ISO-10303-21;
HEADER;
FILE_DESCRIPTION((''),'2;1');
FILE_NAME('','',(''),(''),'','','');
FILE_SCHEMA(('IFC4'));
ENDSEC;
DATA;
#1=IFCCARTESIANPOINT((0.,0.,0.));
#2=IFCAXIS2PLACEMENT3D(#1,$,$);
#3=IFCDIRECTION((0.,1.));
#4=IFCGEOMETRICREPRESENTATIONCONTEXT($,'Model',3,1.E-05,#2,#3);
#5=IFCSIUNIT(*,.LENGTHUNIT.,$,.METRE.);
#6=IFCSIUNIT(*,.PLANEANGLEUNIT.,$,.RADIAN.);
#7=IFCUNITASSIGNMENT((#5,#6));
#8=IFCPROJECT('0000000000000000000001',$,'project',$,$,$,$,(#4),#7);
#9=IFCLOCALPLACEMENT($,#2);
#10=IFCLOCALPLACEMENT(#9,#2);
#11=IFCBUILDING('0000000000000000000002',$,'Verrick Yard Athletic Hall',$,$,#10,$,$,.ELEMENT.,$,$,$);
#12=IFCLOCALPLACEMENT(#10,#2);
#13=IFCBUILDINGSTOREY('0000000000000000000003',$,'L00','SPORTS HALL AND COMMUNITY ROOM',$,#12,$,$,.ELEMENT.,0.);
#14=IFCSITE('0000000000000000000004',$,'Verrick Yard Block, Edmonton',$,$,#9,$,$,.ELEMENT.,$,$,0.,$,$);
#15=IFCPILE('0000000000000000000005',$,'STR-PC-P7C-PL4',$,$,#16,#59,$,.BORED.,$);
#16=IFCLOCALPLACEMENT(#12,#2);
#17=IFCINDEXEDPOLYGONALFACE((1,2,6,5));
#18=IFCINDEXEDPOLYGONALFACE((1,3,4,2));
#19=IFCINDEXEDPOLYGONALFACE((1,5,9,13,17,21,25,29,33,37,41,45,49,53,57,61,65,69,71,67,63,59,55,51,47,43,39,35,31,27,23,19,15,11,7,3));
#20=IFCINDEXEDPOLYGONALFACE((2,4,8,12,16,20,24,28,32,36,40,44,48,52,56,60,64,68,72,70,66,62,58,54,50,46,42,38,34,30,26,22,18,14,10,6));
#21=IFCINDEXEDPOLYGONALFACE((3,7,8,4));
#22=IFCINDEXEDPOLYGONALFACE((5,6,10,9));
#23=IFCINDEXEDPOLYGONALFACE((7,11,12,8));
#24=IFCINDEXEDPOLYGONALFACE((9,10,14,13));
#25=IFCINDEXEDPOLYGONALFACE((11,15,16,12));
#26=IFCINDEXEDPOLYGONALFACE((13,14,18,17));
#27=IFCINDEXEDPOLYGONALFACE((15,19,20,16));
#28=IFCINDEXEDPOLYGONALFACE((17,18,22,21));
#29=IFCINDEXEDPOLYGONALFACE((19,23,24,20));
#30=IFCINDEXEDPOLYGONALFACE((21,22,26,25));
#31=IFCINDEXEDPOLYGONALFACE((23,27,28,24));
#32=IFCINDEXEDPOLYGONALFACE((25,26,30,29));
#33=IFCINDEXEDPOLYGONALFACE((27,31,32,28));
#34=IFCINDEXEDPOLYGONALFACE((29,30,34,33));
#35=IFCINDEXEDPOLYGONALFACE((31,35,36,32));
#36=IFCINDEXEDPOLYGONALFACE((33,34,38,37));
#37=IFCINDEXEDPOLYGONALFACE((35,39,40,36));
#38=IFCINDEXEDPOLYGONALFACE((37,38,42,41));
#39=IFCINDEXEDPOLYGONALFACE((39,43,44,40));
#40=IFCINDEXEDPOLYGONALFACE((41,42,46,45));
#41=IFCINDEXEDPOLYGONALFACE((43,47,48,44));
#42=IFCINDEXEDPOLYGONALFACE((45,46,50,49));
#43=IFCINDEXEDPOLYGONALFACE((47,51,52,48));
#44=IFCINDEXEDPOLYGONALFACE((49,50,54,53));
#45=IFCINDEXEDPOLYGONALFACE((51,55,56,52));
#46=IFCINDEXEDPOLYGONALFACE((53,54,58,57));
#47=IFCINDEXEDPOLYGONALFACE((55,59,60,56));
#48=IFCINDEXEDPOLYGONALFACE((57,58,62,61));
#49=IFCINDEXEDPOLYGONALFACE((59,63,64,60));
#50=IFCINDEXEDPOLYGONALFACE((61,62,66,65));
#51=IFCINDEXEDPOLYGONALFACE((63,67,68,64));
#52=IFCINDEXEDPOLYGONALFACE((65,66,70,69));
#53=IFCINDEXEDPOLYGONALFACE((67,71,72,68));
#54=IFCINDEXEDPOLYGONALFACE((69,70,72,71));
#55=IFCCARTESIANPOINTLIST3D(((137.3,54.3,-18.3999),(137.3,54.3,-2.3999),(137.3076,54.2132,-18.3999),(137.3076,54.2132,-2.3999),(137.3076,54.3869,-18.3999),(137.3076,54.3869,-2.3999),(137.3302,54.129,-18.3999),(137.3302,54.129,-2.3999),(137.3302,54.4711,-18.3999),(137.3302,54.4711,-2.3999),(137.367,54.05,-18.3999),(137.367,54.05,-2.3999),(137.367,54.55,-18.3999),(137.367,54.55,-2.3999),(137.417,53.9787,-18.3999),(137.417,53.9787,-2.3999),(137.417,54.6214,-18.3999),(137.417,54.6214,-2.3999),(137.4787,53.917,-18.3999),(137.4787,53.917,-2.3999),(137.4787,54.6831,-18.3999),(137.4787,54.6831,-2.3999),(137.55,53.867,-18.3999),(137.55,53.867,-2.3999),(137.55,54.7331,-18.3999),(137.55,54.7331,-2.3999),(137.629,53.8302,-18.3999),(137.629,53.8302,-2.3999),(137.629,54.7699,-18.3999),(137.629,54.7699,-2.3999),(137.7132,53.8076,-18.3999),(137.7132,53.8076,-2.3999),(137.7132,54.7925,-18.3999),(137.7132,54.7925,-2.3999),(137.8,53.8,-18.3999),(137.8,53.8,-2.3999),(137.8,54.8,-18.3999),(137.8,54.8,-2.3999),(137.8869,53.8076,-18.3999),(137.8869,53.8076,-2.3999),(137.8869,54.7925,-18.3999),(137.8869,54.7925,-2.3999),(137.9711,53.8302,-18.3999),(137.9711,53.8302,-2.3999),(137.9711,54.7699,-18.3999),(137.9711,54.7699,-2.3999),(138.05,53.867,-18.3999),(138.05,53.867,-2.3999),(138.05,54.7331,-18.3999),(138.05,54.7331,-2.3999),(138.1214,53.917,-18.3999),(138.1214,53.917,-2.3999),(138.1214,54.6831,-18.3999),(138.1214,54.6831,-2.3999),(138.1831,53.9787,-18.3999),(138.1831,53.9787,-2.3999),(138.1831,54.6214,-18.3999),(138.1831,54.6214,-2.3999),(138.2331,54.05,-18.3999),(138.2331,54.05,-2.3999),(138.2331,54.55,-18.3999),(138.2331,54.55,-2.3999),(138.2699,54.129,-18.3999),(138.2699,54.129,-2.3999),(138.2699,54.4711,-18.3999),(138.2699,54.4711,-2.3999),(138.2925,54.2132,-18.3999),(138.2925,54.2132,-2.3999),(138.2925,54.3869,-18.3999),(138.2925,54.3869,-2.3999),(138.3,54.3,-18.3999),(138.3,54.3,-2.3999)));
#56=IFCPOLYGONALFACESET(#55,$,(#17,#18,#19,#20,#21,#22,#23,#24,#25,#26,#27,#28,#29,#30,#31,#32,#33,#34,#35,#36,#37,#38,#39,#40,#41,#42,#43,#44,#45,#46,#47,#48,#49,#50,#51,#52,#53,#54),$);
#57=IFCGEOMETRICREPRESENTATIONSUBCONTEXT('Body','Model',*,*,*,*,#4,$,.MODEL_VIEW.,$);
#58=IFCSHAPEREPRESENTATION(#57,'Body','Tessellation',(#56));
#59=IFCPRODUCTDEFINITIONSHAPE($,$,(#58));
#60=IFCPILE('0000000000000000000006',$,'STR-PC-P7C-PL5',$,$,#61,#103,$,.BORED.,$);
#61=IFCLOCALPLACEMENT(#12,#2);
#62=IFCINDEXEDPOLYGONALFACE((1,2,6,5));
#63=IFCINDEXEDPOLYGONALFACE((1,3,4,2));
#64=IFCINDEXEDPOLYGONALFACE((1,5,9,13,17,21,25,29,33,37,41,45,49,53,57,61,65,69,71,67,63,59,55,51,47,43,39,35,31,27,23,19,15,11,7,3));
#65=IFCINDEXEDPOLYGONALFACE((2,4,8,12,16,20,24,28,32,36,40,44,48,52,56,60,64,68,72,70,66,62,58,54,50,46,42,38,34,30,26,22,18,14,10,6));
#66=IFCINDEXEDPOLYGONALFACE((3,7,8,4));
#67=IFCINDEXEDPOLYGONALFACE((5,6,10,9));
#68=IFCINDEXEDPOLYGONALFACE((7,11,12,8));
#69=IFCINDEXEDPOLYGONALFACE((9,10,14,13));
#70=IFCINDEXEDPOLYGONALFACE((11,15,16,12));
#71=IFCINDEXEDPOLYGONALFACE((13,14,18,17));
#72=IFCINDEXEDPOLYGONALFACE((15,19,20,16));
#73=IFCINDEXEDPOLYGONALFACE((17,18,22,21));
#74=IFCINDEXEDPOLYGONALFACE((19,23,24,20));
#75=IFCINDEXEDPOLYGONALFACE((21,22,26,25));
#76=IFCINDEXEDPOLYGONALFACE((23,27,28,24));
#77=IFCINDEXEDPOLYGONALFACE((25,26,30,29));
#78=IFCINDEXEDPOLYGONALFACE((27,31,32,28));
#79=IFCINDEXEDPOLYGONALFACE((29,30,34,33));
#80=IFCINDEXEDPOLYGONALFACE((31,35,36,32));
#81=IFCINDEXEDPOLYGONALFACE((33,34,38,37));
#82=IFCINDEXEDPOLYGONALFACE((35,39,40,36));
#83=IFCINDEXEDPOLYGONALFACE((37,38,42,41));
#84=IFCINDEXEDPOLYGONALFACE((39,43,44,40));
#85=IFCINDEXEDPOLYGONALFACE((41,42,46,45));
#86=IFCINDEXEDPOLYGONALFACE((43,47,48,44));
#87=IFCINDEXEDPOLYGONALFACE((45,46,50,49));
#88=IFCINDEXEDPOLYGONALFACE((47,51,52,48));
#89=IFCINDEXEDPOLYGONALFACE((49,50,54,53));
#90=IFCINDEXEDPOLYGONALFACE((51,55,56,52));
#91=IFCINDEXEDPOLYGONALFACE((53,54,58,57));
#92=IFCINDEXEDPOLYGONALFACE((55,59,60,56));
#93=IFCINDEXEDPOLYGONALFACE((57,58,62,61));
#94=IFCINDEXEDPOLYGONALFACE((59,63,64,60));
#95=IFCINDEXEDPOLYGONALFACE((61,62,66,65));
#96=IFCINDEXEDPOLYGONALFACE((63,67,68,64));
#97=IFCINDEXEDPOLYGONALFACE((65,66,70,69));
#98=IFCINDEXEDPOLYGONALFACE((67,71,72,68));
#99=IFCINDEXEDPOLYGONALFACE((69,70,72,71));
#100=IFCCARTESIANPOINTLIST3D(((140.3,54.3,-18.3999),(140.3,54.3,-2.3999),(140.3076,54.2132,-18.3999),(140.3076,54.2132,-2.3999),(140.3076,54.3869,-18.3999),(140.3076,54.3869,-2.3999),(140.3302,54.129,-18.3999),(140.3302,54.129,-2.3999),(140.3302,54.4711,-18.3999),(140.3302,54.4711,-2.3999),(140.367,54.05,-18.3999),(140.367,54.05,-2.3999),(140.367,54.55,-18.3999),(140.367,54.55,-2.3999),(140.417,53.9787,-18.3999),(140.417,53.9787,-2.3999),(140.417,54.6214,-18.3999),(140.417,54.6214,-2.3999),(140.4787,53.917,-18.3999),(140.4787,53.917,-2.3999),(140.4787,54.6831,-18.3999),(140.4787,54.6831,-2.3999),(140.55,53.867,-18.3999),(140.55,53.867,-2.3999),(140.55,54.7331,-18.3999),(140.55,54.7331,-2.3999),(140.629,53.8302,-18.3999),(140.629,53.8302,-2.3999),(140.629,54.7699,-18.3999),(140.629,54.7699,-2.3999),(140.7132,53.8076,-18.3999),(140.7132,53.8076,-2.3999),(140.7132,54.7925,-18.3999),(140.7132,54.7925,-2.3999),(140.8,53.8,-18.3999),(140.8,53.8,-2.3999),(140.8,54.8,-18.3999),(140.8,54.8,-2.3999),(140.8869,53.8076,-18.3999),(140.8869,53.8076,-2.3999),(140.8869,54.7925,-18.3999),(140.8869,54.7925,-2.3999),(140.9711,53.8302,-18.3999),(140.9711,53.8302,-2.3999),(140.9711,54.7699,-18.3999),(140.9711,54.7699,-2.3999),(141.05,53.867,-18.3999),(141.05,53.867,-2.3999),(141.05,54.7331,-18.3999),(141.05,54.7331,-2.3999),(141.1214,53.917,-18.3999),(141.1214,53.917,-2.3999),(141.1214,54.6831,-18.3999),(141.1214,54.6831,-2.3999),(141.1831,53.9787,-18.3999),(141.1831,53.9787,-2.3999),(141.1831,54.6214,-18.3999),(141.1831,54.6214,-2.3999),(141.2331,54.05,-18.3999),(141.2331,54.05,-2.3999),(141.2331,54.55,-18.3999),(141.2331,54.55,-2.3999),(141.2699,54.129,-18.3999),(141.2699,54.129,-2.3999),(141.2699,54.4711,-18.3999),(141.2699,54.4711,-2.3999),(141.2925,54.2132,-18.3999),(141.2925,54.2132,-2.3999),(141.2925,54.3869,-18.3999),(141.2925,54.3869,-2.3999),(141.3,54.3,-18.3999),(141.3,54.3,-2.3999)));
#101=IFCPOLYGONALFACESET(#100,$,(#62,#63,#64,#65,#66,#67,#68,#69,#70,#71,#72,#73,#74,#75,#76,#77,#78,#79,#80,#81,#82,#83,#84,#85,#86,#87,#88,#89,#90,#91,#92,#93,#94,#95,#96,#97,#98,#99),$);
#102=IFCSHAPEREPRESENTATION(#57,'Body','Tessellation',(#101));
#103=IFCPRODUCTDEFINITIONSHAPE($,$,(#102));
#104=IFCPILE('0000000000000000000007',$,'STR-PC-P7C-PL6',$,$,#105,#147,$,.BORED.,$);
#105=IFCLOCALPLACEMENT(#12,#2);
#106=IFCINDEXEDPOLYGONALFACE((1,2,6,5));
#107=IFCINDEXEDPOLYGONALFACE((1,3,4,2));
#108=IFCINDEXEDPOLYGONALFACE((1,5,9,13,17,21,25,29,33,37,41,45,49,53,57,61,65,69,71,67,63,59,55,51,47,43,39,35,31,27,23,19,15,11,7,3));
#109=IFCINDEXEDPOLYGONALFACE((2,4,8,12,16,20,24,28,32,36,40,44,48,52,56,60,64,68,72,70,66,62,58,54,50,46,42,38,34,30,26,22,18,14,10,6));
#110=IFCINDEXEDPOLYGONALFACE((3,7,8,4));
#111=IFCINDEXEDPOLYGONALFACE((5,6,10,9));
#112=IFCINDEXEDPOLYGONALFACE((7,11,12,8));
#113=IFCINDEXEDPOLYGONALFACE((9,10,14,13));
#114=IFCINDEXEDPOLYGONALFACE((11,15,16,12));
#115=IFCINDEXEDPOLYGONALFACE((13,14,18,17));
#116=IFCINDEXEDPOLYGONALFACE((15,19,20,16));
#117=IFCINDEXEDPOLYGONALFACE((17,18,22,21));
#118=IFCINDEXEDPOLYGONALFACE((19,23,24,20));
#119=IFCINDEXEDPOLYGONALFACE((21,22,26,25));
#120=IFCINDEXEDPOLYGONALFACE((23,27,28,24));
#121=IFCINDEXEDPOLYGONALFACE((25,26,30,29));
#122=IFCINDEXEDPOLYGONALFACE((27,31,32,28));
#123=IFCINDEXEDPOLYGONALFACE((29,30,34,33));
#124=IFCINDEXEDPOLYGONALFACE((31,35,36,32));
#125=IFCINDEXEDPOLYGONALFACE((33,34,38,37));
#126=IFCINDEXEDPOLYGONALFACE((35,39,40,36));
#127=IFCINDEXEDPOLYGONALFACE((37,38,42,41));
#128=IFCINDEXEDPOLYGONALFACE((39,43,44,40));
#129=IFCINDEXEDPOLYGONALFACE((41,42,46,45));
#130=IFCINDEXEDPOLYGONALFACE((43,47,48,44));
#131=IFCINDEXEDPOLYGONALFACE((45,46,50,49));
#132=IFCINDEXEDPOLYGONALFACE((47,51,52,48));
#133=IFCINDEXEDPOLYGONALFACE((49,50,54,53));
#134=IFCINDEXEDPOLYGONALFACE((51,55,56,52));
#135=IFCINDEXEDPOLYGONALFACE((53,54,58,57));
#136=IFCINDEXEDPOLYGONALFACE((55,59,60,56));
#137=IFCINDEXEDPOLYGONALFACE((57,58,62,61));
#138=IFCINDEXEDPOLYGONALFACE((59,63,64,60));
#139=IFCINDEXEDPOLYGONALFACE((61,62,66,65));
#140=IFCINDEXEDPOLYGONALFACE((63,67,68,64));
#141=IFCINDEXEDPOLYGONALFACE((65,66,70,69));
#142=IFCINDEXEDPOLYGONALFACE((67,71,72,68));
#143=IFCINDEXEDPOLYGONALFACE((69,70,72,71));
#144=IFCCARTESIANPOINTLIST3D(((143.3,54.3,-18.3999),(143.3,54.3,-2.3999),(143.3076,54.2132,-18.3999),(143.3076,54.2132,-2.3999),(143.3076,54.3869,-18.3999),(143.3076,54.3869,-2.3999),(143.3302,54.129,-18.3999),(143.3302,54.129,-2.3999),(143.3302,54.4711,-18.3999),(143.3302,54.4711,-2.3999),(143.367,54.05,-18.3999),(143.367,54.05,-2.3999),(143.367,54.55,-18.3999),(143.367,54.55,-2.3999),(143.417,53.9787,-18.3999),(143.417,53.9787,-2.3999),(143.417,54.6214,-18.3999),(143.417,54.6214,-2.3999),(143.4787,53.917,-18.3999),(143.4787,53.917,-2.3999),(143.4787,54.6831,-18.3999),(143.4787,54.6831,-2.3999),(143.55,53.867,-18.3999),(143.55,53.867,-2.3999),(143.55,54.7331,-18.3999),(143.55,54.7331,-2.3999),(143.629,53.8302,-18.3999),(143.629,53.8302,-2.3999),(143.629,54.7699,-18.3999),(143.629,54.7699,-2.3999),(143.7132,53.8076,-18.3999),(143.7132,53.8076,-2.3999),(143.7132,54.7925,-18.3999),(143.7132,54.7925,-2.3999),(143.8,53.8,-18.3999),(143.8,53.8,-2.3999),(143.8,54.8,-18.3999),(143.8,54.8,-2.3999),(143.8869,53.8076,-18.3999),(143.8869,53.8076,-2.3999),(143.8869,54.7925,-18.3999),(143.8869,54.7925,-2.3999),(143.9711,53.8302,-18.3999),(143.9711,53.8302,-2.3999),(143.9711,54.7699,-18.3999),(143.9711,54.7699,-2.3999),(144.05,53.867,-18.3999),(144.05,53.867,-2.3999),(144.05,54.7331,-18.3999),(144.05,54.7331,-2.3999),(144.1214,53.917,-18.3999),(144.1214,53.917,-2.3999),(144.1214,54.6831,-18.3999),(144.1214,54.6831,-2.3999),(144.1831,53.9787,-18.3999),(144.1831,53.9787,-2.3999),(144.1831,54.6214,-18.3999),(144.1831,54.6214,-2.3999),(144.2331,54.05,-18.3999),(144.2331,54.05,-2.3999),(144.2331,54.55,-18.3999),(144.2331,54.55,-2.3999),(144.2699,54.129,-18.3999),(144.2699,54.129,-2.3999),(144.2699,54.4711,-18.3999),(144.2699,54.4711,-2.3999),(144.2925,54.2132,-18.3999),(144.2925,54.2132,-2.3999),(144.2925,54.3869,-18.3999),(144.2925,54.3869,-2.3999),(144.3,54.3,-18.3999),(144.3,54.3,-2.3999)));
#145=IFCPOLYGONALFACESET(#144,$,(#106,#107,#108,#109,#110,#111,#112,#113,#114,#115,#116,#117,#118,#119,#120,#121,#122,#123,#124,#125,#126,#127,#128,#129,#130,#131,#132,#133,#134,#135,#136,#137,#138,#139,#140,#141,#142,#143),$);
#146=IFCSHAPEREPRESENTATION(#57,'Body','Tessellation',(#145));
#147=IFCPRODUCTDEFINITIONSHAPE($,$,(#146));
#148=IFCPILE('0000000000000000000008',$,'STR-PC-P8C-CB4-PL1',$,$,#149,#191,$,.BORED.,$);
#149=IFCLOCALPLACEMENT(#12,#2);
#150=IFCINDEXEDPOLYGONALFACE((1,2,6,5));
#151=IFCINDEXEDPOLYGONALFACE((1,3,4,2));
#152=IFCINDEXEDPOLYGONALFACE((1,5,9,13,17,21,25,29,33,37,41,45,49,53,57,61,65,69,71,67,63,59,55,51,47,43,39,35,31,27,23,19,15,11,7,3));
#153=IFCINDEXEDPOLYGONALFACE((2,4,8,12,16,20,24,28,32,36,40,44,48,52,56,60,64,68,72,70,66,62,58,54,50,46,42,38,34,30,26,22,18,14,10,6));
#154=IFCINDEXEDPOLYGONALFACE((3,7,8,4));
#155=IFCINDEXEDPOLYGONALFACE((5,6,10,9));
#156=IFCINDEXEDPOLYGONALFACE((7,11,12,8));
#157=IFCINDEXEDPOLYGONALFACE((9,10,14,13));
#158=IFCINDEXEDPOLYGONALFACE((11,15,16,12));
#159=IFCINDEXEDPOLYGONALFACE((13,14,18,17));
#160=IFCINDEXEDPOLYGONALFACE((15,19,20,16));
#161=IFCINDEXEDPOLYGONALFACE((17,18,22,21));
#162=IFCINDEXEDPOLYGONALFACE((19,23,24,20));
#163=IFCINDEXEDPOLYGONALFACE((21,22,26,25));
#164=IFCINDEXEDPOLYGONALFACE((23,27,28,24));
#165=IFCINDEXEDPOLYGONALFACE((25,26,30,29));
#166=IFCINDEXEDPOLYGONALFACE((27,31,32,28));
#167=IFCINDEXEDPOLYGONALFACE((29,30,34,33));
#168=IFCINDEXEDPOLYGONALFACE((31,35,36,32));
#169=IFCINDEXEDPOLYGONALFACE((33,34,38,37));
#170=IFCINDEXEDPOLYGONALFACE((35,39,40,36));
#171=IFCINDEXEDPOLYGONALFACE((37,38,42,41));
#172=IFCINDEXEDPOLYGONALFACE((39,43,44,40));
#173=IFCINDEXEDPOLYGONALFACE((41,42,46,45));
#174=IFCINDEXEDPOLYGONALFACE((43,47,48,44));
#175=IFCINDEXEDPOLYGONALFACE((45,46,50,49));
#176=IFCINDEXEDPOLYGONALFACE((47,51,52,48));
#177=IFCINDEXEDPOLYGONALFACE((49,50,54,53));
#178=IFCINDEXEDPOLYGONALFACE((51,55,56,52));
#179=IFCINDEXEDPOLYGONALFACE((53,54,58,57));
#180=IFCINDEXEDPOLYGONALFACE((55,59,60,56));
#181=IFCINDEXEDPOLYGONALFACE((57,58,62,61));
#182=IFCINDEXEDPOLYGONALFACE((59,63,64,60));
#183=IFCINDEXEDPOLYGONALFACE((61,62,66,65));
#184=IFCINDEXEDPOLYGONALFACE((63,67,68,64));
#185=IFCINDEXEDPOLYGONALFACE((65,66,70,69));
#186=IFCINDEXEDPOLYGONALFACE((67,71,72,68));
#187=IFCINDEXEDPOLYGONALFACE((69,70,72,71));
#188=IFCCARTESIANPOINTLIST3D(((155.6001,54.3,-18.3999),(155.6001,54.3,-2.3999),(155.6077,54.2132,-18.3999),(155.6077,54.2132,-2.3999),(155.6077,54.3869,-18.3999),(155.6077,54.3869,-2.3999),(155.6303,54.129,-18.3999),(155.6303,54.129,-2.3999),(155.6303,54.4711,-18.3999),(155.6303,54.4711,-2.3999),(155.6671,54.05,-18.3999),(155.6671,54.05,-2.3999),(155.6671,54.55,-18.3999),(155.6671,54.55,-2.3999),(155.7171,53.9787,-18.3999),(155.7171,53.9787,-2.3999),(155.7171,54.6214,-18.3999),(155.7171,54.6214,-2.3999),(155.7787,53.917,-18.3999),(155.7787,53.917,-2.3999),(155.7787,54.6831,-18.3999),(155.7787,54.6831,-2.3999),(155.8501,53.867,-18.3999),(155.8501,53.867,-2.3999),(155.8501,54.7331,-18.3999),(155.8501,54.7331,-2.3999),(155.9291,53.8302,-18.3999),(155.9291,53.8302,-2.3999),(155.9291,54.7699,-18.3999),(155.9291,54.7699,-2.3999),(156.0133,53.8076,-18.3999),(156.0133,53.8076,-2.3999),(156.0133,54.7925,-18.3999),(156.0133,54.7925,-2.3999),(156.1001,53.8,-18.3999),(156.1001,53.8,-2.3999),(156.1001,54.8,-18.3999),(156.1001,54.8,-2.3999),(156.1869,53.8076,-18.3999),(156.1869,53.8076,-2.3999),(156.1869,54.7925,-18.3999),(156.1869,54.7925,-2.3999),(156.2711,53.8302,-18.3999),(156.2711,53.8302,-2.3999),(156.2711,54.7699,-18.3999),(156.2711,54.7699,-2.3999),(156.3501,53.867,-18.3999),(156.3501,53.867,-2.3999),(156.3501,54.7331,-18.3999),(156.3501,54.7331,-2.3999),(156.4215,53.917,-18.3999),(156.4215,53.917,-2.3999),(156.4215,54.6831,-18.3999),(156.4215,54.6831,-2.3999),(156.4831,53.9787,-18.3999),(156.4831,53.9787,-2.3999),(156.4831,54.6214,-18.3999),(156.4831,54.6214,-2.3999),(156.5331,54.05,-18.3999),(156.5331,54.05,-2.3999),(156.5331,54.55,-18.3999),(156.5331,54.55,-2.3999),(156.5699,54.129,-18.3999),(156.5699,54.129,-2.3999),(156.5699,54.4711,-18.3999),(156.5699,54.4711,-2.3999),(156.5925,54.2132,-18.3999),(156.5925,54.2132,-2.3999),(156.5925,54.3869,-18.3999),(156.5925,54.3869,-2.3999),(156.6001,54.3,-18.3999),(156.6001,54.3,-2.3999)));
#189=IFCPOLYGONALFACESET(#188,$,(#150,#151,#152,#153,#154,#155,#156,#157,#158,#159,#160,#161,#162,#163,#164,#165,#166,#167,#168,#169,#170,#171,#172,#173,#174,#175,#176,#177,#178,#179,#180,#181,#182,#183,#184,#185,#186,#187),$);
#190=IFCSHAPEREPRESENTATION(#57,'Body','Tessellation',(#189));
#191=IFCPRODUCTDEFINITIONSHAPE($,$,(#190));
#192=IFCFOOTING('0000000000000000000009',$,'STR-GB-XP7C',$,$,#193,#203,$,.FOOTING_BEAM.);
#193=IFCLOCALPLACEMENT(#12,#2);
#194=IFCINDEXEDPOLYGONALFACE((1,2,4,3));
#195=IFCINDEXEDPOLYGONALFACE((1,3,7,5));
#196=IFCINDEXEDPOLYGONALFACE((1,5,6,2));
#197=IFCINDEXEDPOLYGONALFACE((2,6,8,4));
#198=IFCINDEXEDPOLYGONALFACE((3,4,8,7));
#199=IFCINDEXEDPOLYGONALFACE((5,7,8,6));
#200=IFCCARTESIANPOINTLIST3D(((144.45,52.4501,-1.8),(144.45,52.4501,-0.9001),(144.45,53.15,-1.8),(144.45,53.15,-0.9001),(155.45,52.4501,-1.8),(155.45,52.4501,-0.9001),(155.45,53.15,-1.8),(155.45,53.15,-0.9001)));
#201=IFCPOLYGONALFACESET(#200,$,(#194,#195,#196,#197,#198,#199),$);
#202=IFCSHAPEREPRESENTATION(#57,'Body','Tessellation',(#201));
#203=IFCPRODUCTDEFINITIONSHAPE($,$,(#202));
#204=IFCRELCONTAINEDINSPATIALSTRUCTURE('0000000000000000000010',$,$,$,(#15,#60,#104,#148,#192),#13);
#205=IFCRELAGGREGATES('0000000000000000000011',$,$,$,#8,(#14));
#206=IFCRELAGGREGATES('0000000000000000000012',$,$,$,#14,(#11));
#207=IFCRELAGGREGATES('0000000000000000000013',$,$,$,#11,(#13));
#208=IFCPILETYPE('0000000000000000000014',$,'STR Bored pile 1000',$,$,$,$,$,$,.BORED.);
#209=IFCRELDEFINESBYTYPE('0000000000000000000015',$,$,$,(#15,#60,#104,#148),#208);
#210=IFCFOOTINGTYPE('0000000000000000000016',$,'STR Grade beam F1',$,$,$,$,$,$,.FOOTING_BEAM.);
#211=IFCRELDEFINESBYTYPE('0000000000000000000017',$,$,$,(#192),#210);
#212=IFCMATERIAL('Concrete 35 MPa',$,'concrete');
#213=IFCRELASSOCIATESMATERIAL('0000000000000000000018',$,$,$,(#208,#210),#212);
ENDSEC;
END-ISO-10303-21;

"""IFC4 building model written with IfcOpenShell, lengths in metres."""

from ifc_helpers import new_model, si_unit, direction, frame, origin, origin_2d, place, context, subcontext, project, spatial, rectangle, circle, extrude, material, material_profile, profile_set, type_object, element, save


model = new_model("IFC4")

# Units and contexts
model_context = context("Model", 3, precision=1e-05, world=origin(), true_north=direction((0.0, 1.0)))
body_context = subcontext(model_context, "Body", "Model", "MODEL_VIEW")
ifc_project = project(units=[si_unit("LENGTHUNIT", "METRE"), si_unit("PLANEANGLEUNIT", "RADIAN")], contexts=[model_context])

# Site, building, storey
site_placement = place(None, origin())
site = spatial("IfcSite", under=ifc_project, at=site_placement, Name="Verrick Yard Block, Edmonton", CompositionType="ELEMENT", RefElevation=0.0)
building_placement = place(site_placement, origin())
building = spatial("IfcBuilding", under=site, at=building_placement, Name="Verrick Yard Athletic Hall", CompositionType="ELEMENT")
storey_placement = place(building_placement, origin())
storey = spatial("IfcBuildingStorey", under=building, at=storey_placement, Name="L00", Description="SPORTS HALL AND COMMUNITY ROOM", CompositionType="ELEMENT", Elevation=0.0)

# Piles
ifc_material_1 = material(Name="Concrete 35 MPa", Category="concrete")
pile_type = type_object("IfcPileType", Name="STR Bored pile 1000", PredefinedType="BORED", material=ifc_material_1)
for number, where, z_axis, x_axis, name in (
    (1, (137.8, 54.3, -2.3999), (0.0, 0.0, -1.0), (1.0, 0.0, 0.0), "STR-PC-P7C-PL4"),
    (2, (140.8, 54.3, -2.3999), (0.0, 0.0, -1.0), (1.0, 0.0, 0.0), "STR-PC-P7C-PL5"),
    (3, (143.8, 54.3, -2.3999), (0.0, 0.0, -1.0), (1.0, 0.0, 0.0), "STR-PC-P7C-PL6"),
    (4, (156.1001, 54.3, -2.3999), (0.0, 0.0, -1.0), (1.0, 0.0, 0.0), "STR-PC-P8C-CB4-PL1"),
):
    element("IfcPile", number, at=place(storey_placement, frame(where, z_axis=z_axis, x_axis=x_axis)), inside=storey, type_object=pile_type, Name=name, PredefinedType="BORED", context=body_context, shape_type="SweptSolid", body=[
        extrude(circle(Radius=0.5, at=origin_2d()), origin(), (0.0, 0.0, 1.0), 16.0),
    ])

# Footing
ifc_material_profile_1 = material_profile(ifc_material_1, rectangle(XDim=0.7, YDim=0.8999, at=origin_2d()), Name="STR Grade beam F1")
ifc_profile_set_1 = profile_set([ifc_material_profile_1], Name="Concrete 35 MPa")
footing_type = type_object("IfcFootingType", Name="STR Grade beam F1", PredefinedType="FOOTING_BEAM", material=ifc_profile_set_1)
footing_placement = place(storey_placement, frame((144.45, 52.8, -1.3501), z_axis=(1.0, 0.0, 0.0), x_axis=(0.0, 1.0, 0.0)))
element("IfcFooting", 5, at=footing_placement, inside=storey, type_object=footing_type, Name="STR-GB-XP7C", PredefinedType="FOOTING_BEAM", context=body_context, shape_type="SweptSolid", body=[
    extrude(rectangle(XDim=0.7, YDim=0.8999, at=origin_2d()), origin(), (0.0, 0.0, 1.0), 11.0),
])

save(model, "model.ifc")
